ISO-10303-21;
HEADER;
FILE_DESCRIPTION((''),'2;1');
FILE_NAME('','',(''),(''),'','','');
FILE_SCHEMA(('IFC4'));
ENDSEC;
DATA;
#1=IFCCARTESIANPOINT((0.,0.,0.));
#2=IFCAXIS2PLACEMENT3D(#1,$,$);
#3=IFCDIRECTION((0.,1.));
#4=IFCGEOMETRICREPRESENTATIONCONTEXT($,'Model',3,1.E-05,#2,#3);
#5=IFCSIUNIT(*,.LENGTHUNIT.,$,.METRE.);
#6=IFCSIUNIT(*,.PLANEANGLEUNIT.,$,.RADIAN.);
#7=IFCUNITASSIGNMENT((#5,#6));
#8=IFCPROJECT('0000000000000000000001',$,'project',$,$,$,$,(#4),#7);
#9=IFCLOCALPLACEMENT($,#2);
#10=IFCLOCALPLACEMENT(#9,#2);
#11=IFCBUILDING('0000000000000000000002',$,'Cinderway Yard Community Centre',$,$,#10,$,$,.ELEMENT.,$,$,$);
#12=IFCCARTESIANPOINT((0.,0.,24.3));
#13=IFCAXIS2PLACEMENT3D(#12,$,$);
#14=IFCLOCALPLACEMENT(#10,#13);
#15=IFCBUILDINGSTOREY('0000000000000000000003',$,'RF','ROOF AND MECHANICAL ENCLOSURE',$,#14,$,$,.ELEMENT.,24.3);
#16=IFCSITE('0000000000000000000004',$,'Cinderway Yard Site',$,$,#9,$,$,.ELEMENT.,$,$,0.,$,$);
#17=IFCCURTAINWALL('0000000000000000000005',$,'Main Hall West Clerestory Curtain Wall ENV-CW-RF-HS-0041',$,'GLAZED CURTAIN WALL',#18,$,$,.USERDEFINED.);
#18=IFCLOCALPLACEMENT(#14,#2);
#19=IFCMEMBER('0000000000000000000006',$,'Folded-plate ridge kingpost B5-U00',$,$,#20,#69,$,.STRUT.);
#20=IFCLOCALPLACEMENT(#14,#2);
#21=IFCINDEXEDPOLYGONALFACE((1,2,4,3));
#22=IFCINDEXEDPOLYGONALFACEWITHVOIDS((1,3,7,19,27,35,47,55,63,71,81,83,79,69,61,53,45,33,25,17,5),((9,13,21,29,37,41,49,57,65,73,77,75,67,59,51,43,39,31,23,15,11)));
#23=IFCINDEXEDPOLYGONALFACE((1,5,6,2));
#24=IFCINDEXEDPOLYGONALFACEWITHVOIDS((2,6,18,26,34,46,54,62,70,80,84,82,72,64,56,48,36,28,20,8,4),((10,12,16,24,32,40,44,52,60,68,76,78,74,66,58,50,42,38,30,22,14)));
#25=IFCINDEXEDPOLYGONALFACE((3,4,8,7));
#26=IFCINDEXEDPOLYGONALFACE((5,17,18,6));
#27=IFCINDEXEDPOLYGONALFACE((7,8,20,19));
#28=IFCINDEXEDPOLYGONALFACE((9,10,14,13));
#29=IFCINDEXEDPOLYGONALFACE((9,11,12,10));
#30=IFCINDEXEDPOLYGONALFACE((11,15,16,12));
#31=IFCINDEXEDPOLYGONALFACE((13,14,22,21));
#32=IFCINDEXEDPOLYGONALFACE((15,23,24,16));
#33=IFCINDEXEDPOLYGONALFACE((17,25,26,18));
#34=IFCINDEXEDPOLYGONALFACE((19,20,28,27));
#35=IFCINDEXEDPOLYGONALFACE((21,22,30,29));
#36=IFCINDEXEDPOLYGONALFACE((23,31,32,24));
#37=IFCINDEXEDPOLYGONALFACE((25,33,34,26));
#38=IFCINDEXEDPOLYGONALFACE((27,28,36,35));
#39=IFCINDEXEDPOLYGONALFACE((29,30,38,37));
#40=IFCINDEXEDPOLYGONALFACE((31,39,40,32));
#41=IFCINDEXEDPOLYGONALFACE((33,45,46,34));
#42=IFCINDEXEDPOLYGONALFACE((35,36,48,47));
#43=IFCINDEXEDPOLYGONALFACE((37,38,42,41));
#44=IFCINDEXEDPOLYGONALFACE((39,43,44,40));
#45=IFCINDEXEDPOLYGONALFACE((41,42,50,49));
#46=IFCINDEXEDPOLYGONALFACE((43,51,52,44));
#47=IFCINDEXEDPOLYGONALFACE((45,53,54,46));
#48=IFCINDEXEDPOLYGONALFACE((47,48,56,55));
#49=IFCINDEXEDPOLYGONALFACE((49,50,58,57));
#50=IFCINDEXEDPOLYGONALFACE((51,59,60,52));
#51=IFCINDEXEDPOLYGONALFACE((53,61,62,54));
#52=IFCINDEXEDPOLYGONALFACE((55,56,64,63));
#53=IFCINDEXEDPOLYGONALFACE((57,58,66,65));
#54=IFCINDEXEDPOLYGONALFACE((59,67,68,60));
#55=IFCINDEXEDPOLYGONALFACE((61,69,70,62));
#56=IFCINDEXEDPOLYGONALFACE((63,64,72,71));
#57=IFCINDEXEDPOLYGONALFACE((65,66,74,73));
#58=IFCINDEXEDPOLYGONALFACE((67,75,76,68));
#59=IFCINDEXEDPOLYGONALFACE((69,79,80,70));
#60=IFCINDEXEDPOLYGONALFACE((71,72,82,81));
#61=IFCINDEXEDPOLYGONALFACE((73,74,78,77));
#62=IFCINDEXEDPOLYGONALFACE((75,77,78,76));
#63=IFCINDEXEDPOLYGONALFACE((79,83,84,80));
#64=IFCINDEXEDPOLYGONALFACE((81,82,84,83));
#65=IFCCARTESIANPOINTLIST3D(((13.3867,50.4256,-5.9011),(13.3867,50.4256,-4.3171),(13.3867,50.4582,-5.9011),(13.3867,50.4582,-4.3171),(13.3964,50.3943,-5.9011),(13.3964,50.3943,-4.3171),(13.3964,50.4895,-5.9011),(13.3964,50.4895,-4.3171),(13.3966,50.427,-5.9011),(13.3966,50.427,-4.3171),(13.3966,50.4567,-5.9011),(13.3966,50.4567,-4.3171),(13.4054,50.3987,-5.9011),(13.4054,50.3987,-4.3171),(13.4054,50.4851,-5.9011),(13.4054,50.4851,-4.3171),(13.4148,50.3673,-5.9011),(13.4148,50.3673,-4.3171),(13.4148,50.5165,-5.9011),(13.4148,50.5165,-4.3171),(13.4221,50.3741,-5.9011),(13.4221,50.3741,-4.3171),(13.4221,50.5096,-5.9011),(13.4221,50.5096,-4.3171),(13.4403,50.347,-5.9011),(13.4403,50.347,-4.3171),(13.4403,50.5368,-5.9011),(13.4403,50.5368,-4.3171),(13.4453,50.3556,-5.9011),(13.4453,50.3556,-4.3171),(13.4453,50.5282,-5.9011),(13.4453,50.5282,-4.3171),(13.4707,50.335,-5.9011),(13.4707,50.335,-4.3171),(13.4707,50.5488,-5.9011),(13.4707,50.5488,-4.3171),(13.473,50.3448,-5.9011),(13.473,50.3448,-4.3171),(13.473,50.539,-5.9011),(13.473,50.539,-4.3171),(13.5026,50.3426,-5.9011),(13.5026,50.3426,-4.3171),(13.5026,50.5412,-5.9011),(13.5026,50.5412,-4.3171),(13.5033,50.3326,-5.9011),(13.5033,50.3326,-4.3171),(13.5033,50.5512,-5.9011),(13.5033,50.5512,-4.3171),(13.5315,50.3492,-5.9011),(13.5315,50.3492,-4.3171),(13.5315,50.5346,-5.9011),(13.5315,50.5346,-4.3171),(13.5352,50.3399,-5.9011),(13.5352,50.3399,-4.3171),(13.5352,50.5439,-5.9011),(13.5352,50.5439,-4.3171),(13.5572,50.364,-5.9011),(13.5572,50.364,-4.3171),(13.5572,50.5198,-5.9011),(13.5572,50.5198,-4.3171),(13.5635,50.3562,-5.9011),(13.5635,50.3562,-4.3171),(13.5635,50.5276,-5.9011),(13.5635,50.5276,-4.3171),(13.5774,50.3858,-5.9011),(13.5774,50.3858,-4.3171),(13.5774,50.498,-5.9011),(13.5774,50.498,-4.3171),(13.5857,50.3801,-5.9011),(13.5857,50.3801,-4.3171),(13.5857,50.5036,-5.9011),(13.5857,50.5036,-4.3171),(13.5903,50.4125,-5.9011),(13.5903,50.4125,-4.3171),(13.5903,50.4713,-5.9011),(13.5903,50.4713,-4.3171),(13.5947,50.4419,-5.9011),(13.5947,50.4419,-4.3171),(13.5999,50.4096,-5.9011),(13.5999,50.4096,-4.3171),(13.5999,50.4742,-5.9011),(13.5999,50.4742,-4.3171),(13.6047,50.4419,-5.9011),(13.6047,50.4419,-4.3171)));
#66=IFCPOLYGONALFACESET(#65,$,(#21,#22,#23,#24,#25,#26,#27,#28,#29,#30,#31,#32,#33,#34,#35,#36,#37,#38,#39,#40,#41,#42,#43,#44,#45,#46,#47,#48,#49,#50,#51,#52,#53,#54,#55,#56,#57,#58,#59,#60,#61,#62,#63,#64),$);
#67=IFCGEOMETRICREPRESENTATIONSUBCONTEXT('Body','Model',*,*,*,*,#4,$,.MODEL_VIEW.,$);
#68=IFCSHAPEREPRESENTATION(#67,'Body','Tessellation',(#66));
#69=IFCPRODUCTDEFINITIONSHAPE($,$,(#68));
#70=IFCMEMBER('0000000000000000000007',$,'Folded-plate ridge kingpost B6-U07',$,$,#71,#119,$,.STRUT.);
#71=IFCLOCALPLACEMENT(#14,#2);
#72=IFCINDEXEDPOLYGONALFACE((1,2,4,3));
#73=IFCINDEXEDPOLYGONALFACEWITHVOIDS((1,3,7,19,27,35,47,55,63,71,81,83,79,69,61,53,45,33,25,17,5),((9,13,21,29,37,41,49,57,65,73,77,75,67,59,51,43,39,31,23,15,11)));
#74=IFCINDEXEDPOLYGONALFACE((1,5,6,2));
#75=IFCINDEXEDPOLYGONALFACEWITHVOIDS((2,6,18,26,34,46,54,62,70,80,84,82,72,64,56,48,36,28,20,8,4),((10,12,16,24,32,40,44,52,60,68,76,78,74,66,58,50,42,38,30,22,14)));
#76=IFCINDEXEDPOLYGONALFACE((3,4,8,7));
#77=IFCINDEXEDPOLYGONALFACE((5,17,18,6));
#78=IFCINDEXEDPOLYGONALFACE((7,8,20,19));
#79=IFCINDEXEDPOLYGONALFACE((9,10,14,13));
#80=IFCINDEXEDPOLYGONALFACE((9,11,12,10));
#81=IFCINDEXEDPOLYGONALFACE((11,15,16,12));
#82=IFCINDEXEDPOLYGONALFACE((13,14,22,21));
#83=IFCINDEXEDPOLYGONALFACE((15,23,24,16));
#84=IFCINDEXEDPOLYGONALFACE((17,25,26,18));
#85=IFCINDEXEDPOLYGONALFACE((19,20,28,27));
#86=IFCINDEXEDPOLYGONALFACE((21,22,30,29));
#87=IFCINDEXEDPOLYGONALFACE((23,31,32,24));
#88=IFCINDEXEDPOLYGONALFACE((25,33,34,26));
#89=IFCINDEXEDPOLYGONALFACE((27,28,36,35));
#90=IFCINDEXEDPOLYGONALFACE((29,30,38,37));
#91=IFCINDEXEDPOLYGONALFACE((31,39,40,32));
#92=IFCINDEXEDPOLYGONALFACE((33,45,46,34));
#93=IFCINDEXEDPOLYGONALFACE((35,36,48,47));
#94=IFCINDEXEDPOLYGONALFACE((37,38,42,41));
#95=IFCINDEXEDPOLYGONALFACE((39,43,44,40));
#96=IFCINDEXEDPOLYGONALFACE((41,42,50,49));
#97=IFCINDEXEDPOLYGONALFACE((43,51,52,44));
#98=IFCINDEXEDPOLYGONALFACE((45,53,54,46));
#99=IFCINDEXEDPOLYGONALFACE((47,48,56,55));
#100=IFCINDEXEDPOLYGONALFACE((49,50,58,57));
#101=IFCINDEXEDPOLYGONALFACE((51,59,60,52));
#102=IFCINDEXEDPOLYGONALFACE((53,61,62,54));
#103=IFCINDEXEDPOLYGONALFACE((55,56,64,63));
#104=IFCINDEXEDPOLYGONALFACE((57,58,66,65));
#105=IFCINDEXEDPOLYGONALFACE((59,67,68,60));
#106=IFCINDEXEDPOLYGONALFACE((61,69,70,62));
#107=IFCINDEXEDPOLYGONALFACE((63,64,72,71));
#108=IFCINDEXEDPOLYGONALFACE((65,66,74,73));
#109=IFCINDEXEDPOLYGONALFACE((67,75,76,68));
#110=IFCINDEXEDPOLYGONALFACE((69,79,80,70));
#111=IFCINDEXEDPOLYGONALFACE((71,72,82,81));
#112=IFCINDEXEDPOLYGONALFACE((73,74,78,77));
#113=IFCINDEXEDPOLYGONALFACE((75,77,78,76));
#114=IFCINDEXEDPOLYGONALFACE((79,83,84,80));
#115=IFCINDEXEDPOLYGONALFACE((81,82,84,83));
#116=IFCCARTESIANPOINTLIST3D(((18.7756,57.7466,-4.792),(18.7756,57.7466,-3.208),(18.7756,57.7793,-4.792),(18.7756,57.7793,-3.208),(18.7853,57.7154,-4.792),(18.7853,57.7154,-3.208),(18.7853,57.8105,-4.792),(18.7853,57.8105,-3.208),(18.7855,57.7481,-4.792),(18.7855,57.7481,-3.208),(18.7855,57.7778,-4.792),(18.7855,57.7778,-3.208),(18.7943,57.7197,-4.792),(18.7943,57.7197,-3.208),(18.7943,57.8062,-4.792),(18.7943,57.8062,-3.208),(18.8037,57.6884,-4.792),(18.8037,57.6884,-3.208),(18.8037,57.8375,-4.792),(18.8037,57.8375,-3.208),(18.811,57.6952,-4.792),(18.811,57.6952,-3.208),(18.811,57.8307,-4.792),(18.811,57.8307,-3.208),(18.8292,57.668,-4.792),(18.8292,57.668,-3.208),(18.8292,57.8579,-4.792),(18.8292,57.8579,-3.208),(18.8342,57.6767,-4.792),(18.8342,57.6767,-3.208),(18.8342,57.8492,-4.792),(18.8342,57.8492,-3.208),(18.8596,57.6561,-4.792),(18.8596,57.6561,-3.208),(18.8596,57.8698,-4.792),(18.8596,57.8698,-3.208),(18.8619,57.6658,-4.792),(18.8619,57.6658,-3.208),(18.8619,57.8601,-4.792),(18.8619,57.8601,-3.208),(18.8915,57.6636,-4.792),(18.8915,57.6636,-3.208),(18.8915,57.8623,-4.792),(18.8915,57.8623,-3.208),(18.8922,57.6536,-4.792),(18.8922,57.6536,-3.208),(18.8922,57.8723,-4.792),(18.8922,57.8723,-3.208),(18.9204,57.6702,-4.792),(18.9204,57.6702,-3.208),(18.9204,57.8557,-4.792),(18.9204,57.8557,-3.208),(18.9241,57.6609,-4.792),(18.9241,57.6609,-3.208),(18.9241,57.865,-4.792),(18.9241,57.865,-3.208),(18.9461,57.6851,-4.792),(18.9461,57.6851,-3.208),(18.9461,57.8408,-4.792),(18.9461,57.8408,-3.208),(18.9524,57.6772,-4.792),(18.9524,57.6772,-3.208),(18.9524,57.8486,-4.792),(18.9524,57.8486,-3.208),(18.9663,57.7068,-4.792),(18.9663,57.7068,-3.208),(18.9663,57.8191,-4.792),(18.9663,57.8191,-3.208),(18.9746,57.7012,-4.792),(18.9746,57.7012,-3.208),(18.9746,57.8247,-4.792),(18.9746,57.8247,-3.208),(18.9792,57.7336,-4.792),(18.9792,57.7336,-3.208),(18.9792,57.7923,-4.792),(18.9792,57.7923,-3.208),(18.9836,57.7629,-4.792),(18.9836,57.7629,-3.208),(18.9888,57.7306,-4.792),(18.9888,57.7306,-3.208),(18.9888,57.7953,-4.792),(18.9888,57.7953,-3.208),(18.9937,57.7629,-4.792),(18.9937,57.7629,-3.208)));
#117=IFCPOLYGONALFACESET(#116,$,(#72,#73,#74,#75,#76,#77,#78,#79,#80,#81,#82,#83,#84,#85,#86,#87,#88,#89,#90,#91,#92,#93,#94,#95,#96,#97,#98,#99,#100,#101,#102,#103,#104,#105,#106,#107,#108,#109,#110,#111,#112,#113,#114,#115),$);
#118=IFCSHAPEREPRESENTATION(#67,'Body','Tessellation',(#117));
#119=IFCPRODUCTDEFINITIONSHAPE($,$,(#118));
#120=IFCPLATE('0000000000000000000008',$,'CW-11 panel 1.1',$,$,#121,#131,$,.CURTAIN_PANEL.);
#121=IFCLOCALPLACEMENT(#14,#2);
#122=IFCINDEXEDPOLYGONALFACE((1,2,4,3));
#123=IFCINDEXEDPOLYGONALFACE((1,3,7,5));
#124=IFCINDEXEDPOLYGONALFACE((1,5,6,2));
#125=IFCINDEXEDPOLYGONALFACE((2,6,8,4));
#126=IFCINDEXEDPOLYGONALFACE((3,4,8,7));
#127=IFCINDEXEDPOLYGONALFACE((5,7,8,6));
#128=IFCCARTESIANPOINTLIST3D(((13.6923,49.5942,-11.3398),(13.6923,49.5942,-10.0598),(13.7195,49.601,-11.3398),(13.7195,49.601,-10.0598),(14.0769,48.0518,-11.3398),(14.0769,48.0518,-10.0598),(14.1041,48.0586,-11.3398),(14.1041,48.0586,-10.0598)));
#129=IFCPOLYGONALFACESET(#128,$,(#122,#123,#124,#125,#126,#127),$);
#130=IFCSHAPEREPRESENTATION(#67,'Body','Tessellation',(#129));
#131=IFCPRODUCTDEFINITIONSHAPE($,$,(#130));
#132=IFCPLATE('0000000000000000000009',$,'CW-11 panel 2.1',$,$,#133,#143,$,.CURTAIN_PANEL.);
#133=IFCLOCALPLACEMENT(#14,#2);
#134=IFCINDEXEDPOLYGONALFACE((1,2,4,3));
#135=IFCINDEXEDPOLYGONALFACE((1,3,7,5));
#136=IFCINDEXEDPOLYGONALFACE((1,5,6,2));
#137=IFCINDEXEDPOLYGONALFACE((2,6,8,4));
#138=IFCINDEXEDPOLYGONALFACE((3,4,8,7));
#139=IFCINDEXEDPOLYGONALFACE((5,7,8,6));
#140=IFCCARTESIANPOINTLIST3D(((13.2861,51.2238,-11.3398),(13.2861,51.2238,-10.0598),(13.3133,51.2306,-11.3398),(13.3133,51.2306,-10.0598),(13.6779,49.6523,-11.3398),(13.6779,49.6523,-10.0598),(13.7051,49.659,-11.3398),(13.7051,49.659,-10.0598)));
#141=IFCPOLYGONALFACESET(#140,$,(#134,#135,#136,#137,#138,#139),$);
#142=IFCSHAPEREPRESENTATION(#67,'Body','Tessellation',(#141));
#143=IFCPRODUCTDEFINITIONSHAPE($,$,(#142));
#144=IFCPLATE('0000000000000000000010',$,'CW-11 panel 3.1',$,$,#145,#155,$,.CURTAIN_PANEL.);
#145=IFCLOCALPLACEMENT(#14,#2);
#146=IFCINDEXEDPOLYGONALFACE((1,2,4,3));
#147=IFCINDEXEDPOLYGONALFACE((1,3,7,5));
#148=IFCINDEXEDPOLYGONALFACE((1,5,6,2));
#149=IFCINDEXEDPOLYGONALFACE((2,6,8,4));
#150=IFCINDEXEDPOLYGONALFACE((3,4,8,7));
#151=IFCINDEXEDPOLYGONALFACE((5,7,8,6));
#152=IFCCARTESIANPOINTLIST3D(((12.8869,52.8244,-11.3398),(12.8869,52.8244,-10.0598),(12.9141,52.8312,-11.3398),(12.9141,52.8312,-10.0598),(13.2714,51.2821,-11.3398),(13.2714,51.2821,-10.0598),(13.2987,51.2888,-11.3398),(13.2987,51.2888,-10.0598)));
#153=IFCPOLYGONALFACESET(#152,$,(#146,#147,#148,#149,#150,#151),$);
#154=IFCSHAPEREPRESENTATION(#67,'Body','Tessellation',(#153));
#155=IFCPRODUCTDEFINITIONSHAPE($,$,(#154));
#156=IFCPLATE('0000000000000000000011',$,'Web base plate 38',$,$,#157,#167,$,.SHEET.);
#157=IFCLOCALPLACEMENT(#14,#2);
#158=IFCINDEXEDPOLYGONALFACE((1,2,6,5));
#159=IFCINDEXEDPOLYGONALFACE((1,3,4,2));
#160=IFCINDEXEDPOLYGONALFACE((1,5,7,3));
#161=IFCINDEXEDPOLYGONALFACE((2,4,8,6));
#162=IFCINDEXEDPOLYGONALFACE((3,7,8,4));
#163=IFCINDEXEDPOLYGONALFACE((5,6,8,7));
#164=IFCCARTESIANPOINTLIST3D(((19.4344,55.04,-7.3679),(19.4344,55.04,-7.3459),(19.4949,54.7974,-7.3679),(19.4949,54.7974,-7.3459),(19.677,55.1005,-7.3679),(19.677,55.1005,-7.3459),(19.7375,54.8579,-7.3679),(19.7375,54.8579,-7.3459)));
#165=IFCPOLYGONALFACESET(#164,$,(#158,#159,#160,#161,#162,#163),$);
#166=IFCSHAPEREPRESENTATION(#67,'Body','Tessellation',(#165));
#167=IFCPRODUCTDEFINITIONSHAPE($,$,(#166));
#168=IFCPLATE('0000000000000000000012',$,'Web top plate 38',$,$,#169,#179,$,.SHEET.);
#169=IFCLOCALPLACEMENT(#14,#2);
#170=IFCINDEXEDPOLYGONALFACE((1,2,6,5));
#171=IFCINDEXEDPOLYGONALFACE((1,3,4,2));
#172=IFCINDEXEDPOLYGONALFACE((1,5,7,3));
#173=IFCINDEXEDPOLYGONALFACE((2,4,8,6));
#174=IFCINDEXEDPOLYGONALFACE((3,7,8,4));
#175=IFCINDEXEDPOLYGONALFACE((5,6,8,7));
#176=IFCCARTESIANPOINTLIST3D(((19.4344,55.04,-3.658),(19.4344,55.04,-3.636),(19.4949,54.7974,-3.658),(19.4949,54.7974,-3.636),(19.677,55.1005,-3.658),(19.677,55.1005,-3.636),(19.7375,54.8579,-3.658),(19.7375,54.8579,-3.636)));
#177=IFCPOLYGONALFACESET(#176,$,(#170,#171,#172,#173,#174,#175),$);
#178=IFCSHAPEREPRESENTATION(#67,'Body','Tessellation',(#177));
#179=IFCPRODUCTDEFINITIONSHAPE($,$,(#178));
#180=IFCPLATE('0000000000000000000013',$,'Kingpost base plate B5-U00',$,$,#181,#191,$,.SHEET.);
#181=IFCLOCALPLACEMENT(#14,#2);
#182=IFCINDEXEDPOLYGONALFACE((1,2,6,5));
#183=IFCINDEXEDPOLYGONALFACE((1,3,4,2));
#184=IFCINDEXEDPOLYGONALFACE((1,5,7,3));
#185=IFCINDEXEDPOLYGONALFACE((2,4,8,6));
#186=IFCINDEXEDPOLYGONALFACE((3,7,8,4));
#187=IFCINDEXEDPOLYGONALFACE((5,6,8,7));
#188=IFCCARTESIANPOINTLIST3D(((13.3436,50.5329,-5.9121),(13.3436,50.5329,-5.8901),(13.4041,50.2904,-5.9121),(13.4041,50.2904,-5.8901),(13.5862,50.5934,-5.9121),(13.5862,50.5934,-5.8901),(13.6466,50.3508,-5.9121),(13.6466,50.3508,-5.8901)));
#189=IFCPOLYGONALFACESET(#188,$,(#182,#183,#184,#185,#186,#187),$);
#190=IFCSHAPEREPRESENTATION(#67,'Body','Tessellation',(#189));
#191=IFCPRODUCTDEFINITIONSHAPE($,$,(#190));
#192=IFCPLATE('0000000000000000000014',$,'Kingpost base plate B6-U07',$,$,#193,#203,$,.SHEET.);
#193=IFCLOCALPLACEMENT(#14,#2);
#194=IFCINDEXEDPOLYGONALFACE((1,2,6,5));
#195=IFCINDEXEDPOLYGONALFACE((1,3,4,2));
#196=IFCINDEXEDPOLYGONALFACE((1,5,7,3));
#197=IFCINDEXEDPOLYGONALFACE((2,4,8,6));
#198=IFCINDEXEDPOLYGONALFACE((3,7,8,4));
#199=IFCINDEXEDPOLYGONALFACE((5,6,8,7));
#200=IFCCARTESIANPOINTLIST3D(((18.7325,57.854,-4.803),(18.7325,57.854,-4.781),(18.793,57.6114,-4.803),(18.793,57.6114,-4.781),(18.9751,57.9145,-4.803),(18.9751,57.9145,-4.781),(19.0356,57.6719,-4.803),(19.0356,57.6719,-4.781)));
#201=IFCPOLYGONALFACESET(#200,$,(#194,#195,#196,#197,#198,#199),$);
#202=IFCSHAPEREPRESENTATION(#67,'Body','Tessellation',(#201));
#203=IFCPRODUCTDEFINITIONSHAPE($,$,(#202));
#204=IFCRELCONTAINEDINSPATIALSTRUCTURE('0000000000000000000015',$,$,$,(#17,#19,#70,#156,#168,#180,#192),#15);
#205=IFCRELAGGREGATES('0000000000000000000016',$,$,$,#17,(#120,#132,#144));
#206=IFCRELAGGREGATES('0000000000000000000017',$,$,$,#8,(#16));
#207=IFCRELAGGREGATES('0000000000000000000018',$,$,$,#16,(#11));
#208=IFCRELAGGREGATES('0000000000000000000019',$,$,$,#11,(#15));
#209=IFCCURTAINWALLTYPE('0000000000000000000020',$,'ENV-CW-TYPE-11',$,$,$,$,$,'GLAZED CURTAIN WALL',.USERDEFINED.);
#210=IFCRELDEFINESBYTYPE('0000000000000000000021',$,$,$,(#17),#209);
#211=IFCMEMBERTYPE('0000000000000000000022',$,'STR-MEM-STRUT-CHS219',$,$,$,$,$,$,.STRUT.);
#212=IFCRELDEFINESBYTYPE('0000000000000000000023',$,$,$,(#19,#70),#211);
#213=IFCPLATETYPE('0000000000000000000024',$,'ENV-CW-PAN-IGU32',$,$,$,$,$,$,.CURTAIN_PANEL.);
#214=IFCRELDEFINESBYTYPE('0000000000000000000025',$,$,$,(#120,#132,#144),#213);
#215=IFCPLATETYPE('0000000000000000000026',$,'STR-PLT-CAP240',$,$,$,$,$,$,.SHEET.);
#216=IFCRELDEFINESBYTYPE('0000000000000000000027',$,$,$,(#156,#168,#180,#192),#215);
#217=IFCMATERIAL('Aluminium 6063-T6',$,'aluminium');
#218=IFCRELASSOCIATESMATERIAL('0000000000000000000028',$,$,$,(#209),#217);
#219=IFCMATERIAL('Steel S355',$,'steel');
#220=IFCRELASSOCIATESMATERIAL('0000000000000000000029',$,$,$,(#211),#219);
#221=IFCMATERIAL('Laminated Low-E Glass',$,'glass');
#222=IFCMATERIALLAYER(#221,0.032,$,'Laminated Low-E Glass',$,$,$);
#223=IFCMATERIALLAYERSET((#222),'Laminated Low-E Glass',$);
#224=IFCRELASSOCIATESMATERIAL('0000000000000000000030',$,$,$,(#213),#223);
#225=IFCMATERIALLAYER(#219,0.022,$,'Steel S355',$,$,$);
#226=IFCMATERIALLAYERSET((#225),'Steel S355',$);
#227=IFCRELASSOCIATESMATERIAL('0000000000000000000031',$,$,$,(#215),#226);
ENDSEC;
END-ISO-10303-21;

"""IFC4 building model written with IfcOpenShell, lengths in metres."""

from ifc_helpers import new_model, si_unit, direction, frame, origin, origin_2d, place, context, subcontext, project, spatial, rectangle, hollow_circle, extrude, material, layer, layer_set, material_profile, profile_set, type_object, element, aggregate, save


model = new_model("IFC4")

# Units and contexts
model_context = context("Model", 3, precision=1e-05, world=origin(), true_north=direction((0.0, 1.0)))
body_context = subcontext(model_context, "Body", "Model", "MODEL_VIEW")
ifc_project = project(units=[si_unit("LENGTHUNIT", "METRE"), si_unit("PLANEANGLEUNIT", "RADIAN")], contexts=[model_context])

# Site, building, storey
site_placement = place(None, origin())
site = spatial("IfcSite", under=ifc_project, at=site_placement, Name="Cinderway Yard Site", CompositionType="ELEMENT", RefElevation=0.0)
building_placement = place(site_placement, origin())
building = spatial("IfcBuilding", under=site, at=building_placement, Name="Cinderway Yard Community Centre", CompositionType="ELEMENT")
storey_placement = place(building_placement, frame((0.0, 0.0, 24.3)))
storey = spatial("IfcBuildingStorey", under=building, at=storey_placement, Name="RF", Description="ROOF AND MECHANICAL ENCLOSURE", CompositionType="ELEMENT", Elevation=24.3)

# Curtain wall
ifc_material_1 = material(Name="Aluminium 6063-T6", Category="aluminium")
curtain_wall_type = type_object("IfcCurtainWallType", Name="ENV-CW-TYPE-11", ElementType="GLAZED CURTAIN WALL", PredefinedType="USERDEFINED", material=ifc_material_1)
curtain_wall_placement = place(storey_placement, origin())
curtain_wall = element("IfcCurtainWall", 1, at=curtain_wall_placement, inside=storey, type_object=curtain_wall_type, Name="Main Hall West Clerestory Curtain Wall ENV-CW-RF-HS-0041", ObjectType="GLAZED CURTAIN WALL", PredefinedType="USERDEFINED")

# Shared definitions
ifc_material_2 = material(Name="Steel S355", Category="steel")

# Members
ifc_material_profile_1 = material_profile(ifc_material_2, hollow_circle(Radius=0.1096, WallThickness=0.01, at=origin_2d()), Name="Steel S355")
ifc_profile_set_1 = profile_set([ifc_material_profile_1], Name="Steel S355")
member_type_1 = type_object("IfcMemberType", Name="STR-MEM-STRUT-CHS219", PredefinedType="STRUT", material=ifc_profile_set_1)
for number, where, z_axis, x_axis, name in (
    (2, (13.4951, 50.4419, -5.9011), (0.0, 0.0, 1.0), (1.0, 0.0, 0.0), "Folded-plate ridge kingpost B5-U00"),
    (3, (18.884, 57.7629, -4.792), (0.0, 0.0, 1.0), (1.0, 0.0, 0.0), "Folded-plate ridge kingpost B6-U07"),
):
    element("IfcMember", number, at=place(storey_placement, frame(where, z_axis=z_axis, x_axis=x_axis)), inside=storey, type_object=member_type_1, Name=name, PredefinedType="STRUT", context=body_context, shape_type="SweptSolid", body=[
        extrude(hollow_circle(Radius=0.1096, WallThickness=0.01, at=origin_2d()), origin(), (0.0, 0.0, 1.0), 1.584),
    ])

# Plates
ifc_material_3 = material(Name="Laminated Low-E Glass", Category="glass")
ifc_layer_1 = layer(ifc_material_3, 0.032, Name="Laminated Low-E Glass")
ifc_layer_set_1 = layer_set([ifc_layer_1], Name="Laminated Low-E Glass")
plate_type_1 = type_object("IfcPlateType", Name="ENV-CW-PAN-IGU32", PredefinedType="CURTAIN_PANEL", material=ifc_layer_set_1)
plate_1_placement = place(storey_placement, frame((13.8982, 48.8264, -11.3398), z_axis=(0.0, 0.0, 1.0), x_axis=(-0.241929, 0.970294, 0.0)))
plate_1 = element("IfcPlate", 4, at=plate_1_placement, type_object=plate_type_1, Name="CW-11 panel 1.1", PredefinedType="CURTAIN_PANEL", context=body_context, shape_type="SweptSolid", body=[
    extrude(rectangle(XDim=1.5896, YDim=0.0281, at=origin_2d()), origin(), (0.0, 0.0, 1.0), 1.28),
])
plate_2_placement = place(storey_placement, frame((13.4956, 50.4414, -11.3398), z_axis=(0.0, 0.0, 1.0), x_axis=(-0.241929, 0.970294, 0.0)))
plate_2 = element("IfcPlate", 5, at=plate_2_placement, type_object=plate_type_1, Name="CW-11 panel 2.1", PredefinedType="CURTAIN_PANEL", context=body_context, shape_type="SweptSolid", body=[
    extrude(rectangle(XDim=1.6196, YDim=0.0281, at=origin_2d()), origin(), (0.0, 0.0, 1.0), 1.28),
])
plate_3_placement = place(storey_placement, frame((13.0928, 52.0566, -11.3398), z_axis=(0.0, 0.0, 1.0), x_axis=(-0.241929, 0.970294, 0.0)))
plate_3 = element("IfcPlate", 6, at=plate_3_placement, type_object=plate_type_1, Name="CW-11 panel 3.1", PredefinedType="CURTAIN_PANEL", context=body_context, shape_type="SweptSolid", body=[
    extrude(rectangle(XDim=1.5896, YDim=0.0281, at=origin_2d()), origin(), (0.0, 0.0, 1.0), 1.28),
])
aggregate(curtain_wall, [plate_1, plate_2, plate_3])

# Plates
ifc_layer_2 = layer(ifc_material_2, 0.022, Name="Steel S355")
ifc_layer_set_2 = layer_set([ifc_layer_2], Name="Steel S355")
plate_type_2 = type_object("IfcPlateType", Name="STR-PLT-CAP240", PredefinedType="SHEET", material=ifc_layer_set_2)
for number, where, z_axis, x_axis, name in (
    (7, (19.5859, 54.949, -7.3679), (0.0, 0.0, 1.0), (0.970296, 0.241922, 0.0), "Web base plate 38"),
    (8, (19.5859, 54.949, -3.658), (0.0, 0.0, 1.0), (0.970296, 0.241922, 0.0), "Web top plate 38"),
    (9, (13.4951, 50.4419, -5.9121), (0.0, 0.0, 1.0), (0.970296, 0.241922, 0.0), "Kingpost base plate B5-U00"),
    (10, (18.884, 57.7629, -4.803), (0.0, 0.0, 1.0), (0.970296, 0.241922, 0.0), "Kingpost base plate B6-U07"),
):
    element("IfcPlate", number, at=place(storey_placement, frame(where, z_axis=z_axis, x_axis=x_axis)), inside=storey, type_object=plate_type_2, Name=name, PredefinedType="SHEET", context=body_context, shape_type="SweptSolid", body=[
        extrude(rectangle(XDim=0.25, YDim=0.25, at=origin_2d()), origin(), (0.0, 0.0, 1.0), 0.022),
    ])

save(model, "model.ifc")
